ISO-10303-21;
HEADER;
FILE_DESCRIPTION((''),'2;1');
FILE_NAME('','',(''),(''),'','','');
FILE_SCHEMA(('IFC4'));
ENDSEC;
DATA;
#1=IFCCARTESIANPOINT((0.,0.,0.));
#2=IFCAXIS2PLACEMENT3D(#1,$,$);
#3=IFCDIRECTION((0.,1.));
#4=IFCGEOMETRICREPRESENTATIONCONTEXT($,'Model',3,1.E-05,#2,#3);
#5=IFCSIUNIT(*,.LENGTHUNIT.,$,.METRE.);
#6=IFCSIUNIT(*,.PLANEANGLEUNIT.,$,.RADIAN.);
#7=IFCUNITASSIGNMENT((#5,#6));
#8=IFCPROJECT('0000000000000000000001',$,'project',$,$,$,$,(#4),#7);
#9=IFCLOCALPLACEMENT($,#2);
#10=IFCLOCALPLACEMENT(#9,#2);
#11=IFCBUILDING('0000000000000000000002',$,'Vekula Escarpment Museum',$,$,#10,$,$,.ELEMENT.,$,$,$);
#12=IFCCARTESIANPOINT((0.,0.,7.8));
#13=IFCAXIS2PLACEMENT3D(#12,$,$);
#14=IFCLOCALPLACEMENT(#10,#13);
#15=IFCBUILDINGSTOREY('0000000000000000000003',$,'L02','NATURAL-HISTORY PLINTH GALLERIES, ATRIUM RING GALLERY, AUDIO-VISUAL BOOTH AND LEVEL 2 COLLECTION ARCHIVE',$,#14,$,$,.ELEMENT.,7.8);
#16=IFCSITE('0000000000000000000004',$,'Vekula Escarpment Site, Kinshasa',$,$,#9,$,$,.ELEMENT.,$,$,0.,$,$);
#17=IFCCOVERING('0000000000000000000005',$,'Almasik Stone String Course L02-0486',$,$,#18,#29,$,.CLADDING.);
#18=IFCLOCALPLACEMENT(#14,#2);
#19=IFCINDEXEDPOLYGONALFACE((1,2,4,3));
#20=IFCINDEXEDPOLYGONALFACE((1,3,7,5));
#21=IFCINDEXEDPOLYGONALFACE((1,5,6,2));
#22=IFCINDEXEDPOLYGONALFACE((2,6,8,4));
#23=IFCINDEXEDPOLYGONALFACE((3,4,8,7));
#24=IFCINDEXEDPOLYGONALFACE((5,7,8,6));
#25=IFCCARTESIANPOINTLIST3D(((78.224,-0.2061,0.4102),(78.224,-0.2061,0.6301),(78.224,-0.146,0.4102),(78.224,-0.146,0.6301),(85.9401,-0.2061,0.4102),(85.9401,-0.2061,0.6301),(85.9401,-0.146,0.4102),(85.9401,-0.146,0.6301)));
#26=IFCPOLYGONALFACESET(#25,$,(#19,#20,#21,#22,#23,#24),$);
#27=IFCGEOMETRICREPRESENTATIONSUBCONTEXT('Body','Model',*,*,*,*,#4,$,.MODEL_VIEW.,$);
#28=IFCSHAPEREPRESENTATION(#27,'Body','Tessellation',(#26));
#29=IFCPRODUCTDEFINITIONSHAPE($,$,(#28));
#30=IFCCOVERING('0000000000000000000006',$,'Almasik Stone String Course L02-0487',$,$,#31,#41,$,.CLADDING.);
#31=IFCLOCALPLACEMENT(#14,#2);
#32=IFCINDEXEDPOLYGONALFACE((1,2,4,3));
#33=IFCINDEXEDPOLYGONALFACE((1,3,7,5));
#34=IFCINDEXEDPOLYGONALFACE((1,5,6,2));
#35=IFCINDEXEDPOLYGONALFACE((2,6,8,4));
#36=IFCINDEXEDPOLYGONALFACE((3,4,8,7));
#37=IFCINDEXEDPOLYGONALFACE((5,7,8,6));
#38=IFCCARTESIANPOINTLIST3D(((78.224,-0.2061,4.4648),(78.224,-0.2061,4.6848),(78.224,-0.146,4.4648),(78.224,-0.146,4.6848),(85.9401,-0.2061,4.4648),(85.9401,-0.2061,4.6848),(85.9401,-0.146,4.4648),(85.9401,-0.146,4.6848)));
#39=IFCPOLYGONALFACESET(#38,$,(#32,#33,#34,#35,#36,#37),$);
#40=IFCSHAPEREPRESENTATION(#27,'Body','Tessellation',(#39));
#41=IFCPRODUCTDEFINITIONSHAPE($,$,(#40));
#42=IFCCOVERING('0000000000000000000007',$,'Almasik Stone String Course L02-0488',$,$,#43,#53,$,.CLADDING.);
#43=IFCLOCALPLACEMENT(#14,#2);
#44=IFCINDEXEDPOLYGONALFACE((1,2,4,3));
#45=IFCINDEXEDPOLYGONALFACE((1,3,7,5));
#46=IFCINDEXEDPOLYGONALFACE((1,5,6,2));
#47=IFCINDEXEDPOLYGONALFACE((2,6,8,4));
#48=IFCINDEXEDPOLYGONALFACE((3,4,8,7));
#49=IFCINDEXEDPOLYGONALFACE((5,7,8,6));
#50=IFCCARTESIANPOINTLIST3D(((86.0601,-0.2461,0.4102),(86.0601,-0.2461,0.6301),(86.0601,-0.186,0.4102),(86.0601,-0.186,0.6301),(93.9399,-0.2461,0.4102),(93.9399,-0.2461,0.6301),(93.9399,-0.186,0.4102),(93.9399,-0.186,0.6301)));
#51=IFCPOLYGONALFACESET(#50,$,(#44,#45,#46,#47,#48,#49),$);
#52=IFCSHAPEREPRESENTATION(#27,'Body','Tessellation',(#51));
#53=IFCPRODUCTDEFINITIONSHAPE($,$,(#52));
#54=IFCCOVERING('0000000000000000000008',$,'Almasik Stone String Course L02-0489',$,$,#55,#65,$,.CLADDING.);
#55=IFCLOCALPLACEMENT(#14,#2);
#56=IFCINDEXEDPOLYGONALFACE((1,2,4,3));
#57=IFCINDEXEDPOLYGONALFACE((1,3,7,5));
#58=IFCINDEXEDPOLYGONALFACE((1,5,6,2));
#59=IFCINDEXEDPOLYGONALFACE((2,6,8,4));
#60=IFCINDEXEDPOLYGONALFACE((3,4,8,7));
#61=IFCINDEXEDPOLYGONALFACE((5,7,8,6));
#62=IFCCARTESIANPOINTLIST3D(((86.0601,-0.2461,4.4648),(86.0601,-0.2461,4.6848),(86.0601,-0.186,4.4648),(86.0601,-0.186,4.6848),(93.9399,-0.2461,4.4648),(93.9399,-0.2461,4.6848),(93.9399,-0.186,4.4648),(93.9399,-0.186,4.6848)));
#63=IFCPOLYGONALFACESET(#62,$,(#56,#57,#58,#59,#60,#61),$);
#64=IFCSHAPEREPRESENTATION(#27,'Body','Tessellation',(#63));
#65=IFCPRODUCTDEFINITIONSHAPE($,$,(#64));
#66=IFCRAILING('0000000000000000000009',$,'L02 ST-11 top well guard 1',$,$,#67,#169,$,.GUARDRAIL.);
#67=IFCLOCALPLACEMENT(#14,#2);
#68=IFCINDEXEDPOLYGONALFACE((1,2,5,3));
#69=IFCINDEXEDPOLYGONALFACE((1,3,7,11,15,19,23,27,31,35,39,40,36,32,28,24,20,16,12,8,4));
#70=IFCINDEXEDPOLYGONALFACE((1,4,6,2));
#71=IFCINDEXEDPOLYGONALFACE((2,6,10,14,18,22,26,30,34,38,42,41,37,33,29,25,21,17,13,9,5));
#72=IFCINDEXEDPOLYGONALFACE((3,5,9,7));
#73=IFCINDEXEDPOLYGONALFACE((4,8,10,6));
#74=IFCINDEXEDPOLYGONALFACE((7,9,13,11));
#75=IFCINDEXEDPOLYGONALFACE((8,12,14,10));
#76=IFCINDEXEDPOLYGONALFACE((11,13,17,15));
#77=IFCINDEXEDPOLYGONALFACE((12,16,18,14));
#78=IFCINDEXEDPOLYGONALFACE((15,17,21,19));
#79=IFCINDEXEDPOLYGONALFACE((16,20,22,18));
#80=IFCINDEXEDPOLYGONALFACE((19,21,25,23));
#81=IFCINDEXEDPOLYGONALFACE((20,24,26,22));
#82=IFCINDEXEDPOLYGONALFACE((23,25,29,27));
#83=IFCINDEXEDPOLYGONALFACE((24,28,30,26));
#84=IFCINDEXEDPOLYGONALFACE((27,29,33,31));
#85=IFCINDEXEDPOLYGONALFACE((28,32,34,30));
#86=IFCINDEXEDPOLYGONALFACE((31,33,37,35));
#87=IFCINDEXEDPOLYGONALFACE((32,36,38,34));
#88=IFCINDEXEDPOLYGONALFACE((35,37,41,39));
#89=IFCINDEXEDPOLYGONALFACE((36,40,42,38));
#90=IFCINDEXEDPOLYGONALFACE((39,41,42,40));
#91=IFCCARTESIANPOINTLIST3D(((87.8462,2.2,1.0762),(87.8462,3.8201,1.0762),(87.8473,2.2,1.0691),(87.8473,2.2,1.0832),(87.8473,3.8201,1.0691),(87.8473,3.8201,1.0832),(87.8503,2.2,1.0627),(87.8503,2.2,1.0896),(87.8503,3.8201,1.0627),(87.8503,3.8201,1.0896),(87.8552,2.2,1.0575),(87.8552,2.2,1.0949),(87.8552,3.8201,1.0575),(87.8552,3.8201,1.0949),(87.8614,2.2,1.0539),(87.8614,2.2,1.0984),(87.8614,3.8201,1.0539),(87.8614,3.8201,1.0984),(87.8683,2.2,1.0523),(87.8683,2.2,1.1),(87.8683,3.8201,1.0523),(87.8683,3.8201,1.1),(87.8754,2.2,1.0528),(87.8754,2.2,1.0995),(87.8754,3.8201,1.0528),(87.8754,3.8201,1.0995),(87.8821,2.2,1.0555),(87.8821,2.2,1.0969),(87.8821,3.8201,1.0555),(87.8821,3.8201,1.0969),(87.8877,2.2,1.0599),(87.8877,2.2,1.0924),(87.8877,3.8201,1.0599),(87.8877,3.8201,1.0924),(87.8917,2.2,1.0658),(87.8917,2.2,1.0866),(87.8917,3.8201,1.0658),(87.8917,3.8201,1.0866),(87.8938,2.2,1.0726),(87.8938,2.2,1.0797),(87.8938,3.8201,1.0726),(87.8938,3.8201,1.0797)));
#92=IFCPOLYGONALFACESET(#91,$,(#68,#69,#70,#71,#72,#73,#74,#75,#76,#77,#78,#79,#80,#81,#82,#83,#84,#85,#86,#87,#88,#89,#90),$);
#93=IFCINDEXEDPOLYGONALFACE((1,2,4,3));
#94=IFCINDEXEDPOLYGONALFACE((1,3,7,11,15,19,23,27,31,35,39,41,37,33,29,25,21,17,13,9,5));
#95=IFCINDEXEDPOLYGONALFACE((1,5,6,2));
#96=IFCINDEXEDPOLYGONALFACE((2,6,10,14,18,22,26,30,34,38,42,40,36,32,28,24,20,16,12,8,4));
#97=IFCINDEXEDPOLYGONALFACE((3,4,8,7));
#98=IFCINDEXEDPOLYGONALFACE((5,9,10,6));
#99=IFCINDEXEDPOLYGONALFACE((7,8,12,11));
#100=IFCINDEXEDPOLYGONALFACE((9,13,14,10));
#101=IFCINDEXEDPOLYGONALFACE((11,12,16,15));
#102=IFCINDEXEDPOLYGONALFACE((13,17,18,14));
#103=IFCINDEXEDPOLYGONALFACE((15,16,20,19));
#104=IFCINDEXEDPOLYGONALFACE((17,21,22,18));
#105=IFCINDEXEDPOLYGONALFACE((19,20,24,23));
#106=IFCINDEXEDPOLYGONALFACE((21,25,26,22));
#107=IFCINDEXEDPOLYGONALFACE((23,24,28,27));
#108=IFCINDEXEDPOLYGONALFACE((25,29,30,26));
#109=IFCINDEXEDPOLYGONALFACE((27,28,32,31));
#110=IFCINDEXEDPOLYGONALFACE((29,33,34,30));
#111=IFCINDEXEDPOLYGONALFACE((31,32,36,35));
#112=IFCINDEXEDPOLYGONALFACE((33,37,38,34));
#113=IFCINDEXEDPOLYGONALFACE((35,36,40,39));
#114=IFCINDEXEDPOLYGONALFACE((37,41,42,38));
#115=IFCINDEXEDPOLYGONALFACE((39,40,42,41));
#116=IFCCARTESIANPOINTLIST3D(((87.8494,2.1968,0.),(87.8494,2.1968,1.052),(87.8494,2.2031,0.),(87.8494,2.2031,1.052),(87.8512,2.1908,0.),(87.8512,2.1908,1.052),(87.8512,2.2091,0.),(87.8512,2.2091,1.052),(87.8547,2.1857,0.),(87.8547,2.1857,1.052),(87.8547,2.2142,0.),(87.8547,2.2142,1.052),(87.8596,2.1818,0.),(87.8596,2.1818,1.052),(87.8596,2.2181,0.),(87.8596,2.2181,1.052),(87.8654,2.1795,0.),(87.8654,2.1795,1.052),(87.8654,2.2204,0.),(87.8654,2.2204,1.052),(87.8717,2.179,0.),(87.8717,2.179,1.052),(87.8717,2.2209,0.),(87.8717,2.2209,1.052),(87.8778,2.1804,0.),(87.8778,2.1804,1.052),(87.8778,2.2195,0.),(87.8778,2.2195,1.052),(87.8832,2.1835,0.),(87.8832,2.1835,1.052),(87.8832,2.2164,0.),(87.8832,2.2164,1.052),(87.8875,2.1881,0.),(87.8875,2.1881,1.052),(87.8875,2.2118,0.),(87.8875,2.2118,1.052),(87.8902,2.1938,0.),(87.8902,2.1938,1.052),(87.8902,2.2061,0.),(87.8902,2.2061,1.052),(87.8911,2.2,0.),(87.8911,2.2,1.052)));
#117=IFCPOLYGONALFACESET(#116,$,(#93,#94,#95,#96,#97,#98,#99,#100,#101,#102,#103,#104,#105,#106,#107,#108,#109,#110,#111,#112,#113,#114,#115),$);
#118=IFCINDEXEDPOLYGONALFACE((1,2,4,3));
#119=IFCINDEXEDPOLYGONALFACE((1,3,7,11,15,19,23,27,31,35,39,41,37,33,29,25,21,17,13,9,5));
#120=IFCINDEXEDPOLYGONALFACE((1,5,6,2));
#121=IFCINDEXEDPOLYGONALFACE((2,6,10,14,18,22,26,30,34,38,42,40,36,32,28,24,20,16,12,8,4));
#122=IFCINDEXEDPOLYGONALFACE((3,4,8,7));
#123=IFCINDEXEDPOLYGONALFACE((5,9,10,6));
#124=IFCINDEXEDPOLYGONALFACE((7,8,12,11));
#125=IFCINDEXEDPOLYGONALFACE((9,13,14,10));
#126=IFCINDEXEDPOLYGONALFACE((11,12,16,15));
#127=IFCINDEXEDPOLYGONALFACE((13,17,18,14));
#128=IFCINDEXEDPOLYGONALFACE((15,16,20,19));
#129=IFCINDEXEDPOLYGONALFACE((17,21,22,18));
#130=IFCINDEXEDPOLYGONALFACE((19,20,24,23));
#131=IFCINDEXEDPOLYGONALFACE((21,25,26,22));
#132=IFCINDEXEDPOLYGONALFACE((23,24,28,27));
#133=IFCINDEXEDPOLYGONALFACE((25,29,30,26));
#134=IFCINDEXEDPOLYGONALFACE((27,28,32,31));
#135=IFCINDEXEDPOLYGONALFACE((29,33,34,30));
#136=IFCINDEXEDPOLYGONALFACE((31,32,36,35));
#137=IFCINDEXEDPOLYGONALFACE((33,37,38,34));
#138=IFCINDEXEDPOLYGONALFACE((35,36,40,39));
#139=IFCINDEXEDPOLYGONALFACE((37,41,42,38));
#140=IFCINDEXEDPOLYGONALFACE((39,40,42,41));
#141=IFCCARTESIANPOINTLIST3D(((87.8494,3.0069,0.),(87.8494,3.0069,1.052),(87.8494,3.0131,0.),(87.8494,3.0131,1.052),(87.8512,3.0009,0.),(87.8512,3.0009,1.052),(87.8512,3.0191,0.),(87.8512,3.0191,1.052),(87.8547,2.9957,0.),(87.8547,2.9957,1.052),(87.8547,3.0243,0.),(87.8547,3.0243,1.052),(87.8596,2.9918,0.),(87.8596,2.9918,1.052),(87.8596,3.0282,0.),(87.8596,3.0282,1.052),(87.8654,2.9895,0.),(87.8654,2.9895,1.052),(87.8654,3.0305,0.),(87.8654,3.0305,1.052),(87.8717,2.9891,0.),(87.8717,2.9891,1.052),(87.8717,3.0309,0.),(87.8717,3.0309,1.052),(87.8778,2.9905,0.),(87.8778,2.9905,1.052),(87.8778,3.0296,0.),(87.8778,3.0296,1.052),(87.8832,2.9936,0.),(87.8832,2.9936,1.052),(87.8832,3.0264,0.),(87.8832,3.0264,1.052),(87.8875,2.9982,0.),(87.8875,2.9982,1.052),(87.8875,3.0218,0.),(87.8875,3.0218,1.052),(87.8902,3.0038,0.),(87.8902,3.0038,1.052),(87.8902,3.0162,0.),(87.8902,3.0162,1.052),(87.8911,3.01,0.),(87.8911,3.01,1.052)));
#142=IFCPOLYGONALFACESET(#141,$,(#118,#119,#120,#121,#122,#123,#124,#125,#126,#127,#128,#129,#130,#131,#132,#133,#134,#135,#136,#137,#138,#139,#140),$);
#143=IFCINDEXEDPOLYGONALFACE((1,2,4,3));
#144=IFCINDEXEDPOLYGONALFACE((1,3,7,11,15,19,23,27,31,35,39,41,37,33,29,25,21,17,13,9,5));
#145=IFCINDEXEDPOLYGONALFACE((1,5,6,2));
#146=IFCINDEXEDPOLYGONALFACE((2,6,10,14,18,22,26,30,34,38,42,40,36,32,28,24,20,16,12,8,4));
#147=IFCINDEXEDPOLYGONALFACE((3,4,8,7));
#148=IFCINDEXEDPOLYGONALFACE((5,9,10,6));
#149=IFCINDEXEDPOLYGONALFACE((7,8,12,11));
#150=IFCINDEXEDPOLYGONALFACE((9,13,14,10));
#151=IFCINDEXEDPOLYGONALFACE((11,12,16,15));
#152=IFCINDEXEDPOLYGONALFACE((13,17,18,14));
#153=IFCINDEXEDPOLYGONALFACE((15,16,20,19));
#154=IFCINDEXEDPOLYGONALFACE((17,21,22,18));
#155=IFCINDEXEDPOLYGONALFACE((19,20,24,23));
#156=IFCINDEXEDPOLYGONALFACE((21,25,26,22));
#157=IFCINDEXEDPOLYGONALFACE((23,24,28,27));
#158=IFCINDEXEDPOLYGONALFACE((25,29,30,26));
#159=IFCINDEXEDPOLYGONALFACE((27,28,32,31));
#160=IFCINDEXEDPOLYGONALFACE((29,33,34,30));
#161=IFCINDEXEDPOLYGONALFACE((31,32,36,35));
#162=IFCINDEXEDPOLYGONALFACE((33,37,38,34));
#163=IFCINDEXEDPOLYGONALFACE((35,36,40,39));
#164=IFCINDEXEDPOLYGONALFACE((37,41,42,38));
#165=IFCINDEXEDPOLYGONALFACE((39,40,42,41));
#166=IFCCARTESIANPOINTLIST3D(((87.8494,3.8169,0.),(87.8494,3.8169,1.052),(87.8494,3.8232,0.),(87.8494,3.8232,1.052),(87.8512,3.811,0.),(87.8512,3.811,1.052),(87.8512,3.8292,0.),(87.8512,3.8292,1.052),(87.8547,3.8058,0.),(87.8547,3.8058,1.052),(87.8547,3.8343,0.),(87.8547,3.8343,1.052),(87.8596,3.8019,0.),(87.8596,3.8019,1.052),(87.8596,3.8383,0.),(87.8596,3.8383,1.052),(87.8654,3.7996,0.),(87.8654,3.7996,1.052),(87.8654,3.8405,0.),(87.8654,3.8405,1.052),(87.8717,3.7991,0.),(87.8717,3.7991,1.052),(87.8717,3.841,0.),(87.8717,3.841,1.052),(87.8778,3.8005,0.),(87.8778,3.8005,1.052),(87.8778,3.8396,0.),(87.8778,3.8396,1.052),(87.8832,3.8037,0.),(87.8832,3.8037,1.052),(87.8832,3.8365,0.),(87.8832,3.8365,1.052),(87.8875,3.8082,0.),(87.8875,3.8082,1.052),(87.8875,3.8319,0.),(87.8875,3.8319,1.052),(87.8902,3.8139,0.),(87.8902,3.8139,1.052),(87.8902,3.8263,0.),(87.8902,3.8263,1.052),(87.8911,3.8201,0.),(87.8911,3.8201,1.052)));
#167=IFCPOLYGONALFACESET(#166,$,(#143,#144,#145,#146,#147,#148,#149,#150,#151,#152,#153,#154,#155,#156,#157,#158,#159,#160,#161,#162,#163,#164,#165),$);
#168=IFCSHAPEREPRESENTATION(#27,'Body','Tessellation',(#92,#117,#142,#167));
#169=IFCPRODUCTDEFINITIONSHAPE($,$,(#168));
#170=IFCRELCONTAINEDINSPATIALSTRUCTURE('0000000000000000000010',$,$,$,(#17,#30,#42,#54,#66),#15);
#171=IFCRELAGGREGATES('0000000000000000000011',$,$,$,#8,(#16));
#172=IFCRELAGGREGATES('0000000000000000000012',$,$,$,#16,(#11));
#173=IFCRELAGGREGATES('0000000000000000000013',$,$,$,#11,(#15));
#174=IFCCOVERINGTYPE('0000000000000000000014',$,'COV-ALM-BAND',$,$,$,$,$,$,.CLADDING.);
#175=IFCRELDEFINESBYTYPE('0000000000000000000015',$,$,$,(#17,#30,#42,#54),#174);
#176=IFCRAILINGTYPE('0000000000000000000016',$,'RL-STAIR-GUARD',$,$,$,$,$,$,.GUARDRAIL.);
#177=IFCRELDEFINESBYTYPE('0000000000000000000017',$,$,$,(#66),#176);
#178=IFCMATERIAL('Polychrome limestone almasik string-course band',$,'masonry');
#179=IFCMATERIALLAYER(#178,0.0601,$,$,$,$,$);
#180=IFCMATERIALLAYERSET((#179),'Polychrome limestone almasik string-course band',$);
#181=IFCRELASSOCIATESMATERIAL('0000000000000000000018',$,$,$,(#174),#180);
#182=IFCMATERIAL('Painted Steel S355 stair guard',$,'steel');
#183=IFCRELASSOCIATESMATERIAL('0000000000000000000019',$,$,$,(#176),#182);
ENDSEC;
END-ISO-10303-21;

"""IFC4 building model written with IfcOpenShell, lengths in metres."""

from ifc_helpers import new_model, si_unit, direction, frame, origin, origin_2d, place, context, subcontext, project, spatial, rectangle, circle, extrude, material, layer, layer_set, type_object, element, save


model = new_model("IFC4")

# Units and contexts
model_context = context("Model", 3, precision=1e-05, world=origin(), true_north=direction((0.0, 1.0)))
body_context = subcontext(model_context, "Body", "Model", "MODEL_VIEW")
ifc_project = project(units=[si_unit("LENGTHUNIT", "METRE"), si_unit("PLANEANGLEUNIT", "RADIAN")], contexts=[model_context])

# Site, building, storey
site_placement = place(None, origin())
site = spatial("IfcSite", under=ifc_project, at=site_placement, Name="Vekula Escarpment Site, Kinshasa", CompositionType="ELEMENT", RefElevation=0.0)
building_placement = place(site_placement, origin())
building = spatial("IfcBuilding", under=site, at=building_placement, Name="Vekula Escarpment Museum", CompositionType="ELEMENT")
storey_placement = place(building_placement, frame((0.0, 0.0, 7.8)))
storey = spatial("IfcBuildingStorey", under=building, at=storey_placement, Name="L02", Description="NATURAL-HISTORY PLINTH GALLERIES, ATRIUM RING GALLERY, AUDIO-VISUAL BOOTH AND LEVEL 2 COLLECTION ARCHIVE", CompositionType="ELEMENT", Elevation=7.8)

# Coverings
ifc_material_1 = material(Name="Polychrome limestone almasik string-course band", Category="masonry")
ifc_layer_1 = layer(ifc_material_1, 0.0601)
ifc_layer_set_1 = layer_set([ifc_layer_1], Name="Polychrome limestone almasik string-course band")
covering_type = type_object("IfcCoveringType", Name="COV-ALM-BAND", PredefinedType="CLADDING", material=ifc_layer_set_1)
for number, where, z_axis, x_axis, name in (
    (1, (82.082, -0.176, 0.4102), (0.0, 0.0, 1.0), (1.0, 0.0, 0.0), "Almasik Stone String Course L02-0486"),
    (2, (82.082, -0.176, 4.4648), (0.0, 0.0, 1.0), (1.0, 0.0, 0.0), "Almasik Stone String Course L02-0487"),
):
    element("IfcCovering", number, at=place(storey_placement, frame(where, z_axis=z_axis, x_axis=x_axis)), inside=storey, type_object=covering_type, Name=name, PredefinedType="CLADDING", context=body_context, shape_type="SweptSolid", body=[
        extrude(rectangle(XDim=7.7161, YDim=0.0601, at=origin_2d()), origin(), (0.0, 0.0, 1.0), 0.22),
    ])
for number, where, z_axis, x_axis, name in (
    (3, (90.0, -0.2161, 0.4102), (0.0, 0.0, 1.0), (1.0, 0.0, 0.0), "Almasik Stone String Course L02-0488"),
    (4, (90.0, -0.2161, 4.4648), (0.0, 0.0, 1.0), (1.0, 0.0, 0.0), "Almasik Stone String Course L02-0489"),
):
    element("IfcCovering", number, at=place(storey_placement, frame(where, z_axis=z_axis, x_axis=x_axis)), inside=storey, type_object=covering_type, Name=name, PredefinedType="CLADDING", context=body_context, shape_type="SweptSolid", body=[
        extrude(rectangle(XDim=7.8799, YDim=0.0601, at=origin_2d()), origin(), (0.0, 0.0, 1.0), 0.22),
    ])

# Railing
ifc_material_2 = material(Name="Painted Steel S355 stair guard", Category="steel")
railing_type = type_object("IfcRailingType", Name="RL-STAIR-GUARD", PredefinedType="GUARDRAIL", material=ifc_material_2)
railing_placement = place(storey_placement, frame((87.8701, 2.2, 0.0)))
element("IfcRailing", 5, at=railing_placement, inside=storey, type_object=railing_type, Name="L02 ST-11 top well guard 1", PredefinedType="GUARDRAIL", context=body_context, shape_type="SweptSolid", body=[
    extrude(circle(Radius=0.0239, at=origin_2d()), frame((0.0, 0.0, 1.0762), z_axis=(0.0, 1.0, 0.0), x_axis=(-1.0, 0.0, 0.0)), (0.0, 0.0, 1.0), 1.6201),
    extrude(circle(Radius=0.021, at=origin_2d()), origin(), (0.0, 0.0, 1.0), 1.052),
    extrude(circle(Radius=0.021, at=origin_2d()), frame((0.0, 0.8101, 0.0)), (0.0, 0.0, 1.0), 1.052),
    extrude(circle(Radius=0.021, at=origin_2d()), frame((0.0, 1.6201, 0.0)), (0.0, 0.0, 1.0), 1.052),
])

save(model, "model.ifc")
